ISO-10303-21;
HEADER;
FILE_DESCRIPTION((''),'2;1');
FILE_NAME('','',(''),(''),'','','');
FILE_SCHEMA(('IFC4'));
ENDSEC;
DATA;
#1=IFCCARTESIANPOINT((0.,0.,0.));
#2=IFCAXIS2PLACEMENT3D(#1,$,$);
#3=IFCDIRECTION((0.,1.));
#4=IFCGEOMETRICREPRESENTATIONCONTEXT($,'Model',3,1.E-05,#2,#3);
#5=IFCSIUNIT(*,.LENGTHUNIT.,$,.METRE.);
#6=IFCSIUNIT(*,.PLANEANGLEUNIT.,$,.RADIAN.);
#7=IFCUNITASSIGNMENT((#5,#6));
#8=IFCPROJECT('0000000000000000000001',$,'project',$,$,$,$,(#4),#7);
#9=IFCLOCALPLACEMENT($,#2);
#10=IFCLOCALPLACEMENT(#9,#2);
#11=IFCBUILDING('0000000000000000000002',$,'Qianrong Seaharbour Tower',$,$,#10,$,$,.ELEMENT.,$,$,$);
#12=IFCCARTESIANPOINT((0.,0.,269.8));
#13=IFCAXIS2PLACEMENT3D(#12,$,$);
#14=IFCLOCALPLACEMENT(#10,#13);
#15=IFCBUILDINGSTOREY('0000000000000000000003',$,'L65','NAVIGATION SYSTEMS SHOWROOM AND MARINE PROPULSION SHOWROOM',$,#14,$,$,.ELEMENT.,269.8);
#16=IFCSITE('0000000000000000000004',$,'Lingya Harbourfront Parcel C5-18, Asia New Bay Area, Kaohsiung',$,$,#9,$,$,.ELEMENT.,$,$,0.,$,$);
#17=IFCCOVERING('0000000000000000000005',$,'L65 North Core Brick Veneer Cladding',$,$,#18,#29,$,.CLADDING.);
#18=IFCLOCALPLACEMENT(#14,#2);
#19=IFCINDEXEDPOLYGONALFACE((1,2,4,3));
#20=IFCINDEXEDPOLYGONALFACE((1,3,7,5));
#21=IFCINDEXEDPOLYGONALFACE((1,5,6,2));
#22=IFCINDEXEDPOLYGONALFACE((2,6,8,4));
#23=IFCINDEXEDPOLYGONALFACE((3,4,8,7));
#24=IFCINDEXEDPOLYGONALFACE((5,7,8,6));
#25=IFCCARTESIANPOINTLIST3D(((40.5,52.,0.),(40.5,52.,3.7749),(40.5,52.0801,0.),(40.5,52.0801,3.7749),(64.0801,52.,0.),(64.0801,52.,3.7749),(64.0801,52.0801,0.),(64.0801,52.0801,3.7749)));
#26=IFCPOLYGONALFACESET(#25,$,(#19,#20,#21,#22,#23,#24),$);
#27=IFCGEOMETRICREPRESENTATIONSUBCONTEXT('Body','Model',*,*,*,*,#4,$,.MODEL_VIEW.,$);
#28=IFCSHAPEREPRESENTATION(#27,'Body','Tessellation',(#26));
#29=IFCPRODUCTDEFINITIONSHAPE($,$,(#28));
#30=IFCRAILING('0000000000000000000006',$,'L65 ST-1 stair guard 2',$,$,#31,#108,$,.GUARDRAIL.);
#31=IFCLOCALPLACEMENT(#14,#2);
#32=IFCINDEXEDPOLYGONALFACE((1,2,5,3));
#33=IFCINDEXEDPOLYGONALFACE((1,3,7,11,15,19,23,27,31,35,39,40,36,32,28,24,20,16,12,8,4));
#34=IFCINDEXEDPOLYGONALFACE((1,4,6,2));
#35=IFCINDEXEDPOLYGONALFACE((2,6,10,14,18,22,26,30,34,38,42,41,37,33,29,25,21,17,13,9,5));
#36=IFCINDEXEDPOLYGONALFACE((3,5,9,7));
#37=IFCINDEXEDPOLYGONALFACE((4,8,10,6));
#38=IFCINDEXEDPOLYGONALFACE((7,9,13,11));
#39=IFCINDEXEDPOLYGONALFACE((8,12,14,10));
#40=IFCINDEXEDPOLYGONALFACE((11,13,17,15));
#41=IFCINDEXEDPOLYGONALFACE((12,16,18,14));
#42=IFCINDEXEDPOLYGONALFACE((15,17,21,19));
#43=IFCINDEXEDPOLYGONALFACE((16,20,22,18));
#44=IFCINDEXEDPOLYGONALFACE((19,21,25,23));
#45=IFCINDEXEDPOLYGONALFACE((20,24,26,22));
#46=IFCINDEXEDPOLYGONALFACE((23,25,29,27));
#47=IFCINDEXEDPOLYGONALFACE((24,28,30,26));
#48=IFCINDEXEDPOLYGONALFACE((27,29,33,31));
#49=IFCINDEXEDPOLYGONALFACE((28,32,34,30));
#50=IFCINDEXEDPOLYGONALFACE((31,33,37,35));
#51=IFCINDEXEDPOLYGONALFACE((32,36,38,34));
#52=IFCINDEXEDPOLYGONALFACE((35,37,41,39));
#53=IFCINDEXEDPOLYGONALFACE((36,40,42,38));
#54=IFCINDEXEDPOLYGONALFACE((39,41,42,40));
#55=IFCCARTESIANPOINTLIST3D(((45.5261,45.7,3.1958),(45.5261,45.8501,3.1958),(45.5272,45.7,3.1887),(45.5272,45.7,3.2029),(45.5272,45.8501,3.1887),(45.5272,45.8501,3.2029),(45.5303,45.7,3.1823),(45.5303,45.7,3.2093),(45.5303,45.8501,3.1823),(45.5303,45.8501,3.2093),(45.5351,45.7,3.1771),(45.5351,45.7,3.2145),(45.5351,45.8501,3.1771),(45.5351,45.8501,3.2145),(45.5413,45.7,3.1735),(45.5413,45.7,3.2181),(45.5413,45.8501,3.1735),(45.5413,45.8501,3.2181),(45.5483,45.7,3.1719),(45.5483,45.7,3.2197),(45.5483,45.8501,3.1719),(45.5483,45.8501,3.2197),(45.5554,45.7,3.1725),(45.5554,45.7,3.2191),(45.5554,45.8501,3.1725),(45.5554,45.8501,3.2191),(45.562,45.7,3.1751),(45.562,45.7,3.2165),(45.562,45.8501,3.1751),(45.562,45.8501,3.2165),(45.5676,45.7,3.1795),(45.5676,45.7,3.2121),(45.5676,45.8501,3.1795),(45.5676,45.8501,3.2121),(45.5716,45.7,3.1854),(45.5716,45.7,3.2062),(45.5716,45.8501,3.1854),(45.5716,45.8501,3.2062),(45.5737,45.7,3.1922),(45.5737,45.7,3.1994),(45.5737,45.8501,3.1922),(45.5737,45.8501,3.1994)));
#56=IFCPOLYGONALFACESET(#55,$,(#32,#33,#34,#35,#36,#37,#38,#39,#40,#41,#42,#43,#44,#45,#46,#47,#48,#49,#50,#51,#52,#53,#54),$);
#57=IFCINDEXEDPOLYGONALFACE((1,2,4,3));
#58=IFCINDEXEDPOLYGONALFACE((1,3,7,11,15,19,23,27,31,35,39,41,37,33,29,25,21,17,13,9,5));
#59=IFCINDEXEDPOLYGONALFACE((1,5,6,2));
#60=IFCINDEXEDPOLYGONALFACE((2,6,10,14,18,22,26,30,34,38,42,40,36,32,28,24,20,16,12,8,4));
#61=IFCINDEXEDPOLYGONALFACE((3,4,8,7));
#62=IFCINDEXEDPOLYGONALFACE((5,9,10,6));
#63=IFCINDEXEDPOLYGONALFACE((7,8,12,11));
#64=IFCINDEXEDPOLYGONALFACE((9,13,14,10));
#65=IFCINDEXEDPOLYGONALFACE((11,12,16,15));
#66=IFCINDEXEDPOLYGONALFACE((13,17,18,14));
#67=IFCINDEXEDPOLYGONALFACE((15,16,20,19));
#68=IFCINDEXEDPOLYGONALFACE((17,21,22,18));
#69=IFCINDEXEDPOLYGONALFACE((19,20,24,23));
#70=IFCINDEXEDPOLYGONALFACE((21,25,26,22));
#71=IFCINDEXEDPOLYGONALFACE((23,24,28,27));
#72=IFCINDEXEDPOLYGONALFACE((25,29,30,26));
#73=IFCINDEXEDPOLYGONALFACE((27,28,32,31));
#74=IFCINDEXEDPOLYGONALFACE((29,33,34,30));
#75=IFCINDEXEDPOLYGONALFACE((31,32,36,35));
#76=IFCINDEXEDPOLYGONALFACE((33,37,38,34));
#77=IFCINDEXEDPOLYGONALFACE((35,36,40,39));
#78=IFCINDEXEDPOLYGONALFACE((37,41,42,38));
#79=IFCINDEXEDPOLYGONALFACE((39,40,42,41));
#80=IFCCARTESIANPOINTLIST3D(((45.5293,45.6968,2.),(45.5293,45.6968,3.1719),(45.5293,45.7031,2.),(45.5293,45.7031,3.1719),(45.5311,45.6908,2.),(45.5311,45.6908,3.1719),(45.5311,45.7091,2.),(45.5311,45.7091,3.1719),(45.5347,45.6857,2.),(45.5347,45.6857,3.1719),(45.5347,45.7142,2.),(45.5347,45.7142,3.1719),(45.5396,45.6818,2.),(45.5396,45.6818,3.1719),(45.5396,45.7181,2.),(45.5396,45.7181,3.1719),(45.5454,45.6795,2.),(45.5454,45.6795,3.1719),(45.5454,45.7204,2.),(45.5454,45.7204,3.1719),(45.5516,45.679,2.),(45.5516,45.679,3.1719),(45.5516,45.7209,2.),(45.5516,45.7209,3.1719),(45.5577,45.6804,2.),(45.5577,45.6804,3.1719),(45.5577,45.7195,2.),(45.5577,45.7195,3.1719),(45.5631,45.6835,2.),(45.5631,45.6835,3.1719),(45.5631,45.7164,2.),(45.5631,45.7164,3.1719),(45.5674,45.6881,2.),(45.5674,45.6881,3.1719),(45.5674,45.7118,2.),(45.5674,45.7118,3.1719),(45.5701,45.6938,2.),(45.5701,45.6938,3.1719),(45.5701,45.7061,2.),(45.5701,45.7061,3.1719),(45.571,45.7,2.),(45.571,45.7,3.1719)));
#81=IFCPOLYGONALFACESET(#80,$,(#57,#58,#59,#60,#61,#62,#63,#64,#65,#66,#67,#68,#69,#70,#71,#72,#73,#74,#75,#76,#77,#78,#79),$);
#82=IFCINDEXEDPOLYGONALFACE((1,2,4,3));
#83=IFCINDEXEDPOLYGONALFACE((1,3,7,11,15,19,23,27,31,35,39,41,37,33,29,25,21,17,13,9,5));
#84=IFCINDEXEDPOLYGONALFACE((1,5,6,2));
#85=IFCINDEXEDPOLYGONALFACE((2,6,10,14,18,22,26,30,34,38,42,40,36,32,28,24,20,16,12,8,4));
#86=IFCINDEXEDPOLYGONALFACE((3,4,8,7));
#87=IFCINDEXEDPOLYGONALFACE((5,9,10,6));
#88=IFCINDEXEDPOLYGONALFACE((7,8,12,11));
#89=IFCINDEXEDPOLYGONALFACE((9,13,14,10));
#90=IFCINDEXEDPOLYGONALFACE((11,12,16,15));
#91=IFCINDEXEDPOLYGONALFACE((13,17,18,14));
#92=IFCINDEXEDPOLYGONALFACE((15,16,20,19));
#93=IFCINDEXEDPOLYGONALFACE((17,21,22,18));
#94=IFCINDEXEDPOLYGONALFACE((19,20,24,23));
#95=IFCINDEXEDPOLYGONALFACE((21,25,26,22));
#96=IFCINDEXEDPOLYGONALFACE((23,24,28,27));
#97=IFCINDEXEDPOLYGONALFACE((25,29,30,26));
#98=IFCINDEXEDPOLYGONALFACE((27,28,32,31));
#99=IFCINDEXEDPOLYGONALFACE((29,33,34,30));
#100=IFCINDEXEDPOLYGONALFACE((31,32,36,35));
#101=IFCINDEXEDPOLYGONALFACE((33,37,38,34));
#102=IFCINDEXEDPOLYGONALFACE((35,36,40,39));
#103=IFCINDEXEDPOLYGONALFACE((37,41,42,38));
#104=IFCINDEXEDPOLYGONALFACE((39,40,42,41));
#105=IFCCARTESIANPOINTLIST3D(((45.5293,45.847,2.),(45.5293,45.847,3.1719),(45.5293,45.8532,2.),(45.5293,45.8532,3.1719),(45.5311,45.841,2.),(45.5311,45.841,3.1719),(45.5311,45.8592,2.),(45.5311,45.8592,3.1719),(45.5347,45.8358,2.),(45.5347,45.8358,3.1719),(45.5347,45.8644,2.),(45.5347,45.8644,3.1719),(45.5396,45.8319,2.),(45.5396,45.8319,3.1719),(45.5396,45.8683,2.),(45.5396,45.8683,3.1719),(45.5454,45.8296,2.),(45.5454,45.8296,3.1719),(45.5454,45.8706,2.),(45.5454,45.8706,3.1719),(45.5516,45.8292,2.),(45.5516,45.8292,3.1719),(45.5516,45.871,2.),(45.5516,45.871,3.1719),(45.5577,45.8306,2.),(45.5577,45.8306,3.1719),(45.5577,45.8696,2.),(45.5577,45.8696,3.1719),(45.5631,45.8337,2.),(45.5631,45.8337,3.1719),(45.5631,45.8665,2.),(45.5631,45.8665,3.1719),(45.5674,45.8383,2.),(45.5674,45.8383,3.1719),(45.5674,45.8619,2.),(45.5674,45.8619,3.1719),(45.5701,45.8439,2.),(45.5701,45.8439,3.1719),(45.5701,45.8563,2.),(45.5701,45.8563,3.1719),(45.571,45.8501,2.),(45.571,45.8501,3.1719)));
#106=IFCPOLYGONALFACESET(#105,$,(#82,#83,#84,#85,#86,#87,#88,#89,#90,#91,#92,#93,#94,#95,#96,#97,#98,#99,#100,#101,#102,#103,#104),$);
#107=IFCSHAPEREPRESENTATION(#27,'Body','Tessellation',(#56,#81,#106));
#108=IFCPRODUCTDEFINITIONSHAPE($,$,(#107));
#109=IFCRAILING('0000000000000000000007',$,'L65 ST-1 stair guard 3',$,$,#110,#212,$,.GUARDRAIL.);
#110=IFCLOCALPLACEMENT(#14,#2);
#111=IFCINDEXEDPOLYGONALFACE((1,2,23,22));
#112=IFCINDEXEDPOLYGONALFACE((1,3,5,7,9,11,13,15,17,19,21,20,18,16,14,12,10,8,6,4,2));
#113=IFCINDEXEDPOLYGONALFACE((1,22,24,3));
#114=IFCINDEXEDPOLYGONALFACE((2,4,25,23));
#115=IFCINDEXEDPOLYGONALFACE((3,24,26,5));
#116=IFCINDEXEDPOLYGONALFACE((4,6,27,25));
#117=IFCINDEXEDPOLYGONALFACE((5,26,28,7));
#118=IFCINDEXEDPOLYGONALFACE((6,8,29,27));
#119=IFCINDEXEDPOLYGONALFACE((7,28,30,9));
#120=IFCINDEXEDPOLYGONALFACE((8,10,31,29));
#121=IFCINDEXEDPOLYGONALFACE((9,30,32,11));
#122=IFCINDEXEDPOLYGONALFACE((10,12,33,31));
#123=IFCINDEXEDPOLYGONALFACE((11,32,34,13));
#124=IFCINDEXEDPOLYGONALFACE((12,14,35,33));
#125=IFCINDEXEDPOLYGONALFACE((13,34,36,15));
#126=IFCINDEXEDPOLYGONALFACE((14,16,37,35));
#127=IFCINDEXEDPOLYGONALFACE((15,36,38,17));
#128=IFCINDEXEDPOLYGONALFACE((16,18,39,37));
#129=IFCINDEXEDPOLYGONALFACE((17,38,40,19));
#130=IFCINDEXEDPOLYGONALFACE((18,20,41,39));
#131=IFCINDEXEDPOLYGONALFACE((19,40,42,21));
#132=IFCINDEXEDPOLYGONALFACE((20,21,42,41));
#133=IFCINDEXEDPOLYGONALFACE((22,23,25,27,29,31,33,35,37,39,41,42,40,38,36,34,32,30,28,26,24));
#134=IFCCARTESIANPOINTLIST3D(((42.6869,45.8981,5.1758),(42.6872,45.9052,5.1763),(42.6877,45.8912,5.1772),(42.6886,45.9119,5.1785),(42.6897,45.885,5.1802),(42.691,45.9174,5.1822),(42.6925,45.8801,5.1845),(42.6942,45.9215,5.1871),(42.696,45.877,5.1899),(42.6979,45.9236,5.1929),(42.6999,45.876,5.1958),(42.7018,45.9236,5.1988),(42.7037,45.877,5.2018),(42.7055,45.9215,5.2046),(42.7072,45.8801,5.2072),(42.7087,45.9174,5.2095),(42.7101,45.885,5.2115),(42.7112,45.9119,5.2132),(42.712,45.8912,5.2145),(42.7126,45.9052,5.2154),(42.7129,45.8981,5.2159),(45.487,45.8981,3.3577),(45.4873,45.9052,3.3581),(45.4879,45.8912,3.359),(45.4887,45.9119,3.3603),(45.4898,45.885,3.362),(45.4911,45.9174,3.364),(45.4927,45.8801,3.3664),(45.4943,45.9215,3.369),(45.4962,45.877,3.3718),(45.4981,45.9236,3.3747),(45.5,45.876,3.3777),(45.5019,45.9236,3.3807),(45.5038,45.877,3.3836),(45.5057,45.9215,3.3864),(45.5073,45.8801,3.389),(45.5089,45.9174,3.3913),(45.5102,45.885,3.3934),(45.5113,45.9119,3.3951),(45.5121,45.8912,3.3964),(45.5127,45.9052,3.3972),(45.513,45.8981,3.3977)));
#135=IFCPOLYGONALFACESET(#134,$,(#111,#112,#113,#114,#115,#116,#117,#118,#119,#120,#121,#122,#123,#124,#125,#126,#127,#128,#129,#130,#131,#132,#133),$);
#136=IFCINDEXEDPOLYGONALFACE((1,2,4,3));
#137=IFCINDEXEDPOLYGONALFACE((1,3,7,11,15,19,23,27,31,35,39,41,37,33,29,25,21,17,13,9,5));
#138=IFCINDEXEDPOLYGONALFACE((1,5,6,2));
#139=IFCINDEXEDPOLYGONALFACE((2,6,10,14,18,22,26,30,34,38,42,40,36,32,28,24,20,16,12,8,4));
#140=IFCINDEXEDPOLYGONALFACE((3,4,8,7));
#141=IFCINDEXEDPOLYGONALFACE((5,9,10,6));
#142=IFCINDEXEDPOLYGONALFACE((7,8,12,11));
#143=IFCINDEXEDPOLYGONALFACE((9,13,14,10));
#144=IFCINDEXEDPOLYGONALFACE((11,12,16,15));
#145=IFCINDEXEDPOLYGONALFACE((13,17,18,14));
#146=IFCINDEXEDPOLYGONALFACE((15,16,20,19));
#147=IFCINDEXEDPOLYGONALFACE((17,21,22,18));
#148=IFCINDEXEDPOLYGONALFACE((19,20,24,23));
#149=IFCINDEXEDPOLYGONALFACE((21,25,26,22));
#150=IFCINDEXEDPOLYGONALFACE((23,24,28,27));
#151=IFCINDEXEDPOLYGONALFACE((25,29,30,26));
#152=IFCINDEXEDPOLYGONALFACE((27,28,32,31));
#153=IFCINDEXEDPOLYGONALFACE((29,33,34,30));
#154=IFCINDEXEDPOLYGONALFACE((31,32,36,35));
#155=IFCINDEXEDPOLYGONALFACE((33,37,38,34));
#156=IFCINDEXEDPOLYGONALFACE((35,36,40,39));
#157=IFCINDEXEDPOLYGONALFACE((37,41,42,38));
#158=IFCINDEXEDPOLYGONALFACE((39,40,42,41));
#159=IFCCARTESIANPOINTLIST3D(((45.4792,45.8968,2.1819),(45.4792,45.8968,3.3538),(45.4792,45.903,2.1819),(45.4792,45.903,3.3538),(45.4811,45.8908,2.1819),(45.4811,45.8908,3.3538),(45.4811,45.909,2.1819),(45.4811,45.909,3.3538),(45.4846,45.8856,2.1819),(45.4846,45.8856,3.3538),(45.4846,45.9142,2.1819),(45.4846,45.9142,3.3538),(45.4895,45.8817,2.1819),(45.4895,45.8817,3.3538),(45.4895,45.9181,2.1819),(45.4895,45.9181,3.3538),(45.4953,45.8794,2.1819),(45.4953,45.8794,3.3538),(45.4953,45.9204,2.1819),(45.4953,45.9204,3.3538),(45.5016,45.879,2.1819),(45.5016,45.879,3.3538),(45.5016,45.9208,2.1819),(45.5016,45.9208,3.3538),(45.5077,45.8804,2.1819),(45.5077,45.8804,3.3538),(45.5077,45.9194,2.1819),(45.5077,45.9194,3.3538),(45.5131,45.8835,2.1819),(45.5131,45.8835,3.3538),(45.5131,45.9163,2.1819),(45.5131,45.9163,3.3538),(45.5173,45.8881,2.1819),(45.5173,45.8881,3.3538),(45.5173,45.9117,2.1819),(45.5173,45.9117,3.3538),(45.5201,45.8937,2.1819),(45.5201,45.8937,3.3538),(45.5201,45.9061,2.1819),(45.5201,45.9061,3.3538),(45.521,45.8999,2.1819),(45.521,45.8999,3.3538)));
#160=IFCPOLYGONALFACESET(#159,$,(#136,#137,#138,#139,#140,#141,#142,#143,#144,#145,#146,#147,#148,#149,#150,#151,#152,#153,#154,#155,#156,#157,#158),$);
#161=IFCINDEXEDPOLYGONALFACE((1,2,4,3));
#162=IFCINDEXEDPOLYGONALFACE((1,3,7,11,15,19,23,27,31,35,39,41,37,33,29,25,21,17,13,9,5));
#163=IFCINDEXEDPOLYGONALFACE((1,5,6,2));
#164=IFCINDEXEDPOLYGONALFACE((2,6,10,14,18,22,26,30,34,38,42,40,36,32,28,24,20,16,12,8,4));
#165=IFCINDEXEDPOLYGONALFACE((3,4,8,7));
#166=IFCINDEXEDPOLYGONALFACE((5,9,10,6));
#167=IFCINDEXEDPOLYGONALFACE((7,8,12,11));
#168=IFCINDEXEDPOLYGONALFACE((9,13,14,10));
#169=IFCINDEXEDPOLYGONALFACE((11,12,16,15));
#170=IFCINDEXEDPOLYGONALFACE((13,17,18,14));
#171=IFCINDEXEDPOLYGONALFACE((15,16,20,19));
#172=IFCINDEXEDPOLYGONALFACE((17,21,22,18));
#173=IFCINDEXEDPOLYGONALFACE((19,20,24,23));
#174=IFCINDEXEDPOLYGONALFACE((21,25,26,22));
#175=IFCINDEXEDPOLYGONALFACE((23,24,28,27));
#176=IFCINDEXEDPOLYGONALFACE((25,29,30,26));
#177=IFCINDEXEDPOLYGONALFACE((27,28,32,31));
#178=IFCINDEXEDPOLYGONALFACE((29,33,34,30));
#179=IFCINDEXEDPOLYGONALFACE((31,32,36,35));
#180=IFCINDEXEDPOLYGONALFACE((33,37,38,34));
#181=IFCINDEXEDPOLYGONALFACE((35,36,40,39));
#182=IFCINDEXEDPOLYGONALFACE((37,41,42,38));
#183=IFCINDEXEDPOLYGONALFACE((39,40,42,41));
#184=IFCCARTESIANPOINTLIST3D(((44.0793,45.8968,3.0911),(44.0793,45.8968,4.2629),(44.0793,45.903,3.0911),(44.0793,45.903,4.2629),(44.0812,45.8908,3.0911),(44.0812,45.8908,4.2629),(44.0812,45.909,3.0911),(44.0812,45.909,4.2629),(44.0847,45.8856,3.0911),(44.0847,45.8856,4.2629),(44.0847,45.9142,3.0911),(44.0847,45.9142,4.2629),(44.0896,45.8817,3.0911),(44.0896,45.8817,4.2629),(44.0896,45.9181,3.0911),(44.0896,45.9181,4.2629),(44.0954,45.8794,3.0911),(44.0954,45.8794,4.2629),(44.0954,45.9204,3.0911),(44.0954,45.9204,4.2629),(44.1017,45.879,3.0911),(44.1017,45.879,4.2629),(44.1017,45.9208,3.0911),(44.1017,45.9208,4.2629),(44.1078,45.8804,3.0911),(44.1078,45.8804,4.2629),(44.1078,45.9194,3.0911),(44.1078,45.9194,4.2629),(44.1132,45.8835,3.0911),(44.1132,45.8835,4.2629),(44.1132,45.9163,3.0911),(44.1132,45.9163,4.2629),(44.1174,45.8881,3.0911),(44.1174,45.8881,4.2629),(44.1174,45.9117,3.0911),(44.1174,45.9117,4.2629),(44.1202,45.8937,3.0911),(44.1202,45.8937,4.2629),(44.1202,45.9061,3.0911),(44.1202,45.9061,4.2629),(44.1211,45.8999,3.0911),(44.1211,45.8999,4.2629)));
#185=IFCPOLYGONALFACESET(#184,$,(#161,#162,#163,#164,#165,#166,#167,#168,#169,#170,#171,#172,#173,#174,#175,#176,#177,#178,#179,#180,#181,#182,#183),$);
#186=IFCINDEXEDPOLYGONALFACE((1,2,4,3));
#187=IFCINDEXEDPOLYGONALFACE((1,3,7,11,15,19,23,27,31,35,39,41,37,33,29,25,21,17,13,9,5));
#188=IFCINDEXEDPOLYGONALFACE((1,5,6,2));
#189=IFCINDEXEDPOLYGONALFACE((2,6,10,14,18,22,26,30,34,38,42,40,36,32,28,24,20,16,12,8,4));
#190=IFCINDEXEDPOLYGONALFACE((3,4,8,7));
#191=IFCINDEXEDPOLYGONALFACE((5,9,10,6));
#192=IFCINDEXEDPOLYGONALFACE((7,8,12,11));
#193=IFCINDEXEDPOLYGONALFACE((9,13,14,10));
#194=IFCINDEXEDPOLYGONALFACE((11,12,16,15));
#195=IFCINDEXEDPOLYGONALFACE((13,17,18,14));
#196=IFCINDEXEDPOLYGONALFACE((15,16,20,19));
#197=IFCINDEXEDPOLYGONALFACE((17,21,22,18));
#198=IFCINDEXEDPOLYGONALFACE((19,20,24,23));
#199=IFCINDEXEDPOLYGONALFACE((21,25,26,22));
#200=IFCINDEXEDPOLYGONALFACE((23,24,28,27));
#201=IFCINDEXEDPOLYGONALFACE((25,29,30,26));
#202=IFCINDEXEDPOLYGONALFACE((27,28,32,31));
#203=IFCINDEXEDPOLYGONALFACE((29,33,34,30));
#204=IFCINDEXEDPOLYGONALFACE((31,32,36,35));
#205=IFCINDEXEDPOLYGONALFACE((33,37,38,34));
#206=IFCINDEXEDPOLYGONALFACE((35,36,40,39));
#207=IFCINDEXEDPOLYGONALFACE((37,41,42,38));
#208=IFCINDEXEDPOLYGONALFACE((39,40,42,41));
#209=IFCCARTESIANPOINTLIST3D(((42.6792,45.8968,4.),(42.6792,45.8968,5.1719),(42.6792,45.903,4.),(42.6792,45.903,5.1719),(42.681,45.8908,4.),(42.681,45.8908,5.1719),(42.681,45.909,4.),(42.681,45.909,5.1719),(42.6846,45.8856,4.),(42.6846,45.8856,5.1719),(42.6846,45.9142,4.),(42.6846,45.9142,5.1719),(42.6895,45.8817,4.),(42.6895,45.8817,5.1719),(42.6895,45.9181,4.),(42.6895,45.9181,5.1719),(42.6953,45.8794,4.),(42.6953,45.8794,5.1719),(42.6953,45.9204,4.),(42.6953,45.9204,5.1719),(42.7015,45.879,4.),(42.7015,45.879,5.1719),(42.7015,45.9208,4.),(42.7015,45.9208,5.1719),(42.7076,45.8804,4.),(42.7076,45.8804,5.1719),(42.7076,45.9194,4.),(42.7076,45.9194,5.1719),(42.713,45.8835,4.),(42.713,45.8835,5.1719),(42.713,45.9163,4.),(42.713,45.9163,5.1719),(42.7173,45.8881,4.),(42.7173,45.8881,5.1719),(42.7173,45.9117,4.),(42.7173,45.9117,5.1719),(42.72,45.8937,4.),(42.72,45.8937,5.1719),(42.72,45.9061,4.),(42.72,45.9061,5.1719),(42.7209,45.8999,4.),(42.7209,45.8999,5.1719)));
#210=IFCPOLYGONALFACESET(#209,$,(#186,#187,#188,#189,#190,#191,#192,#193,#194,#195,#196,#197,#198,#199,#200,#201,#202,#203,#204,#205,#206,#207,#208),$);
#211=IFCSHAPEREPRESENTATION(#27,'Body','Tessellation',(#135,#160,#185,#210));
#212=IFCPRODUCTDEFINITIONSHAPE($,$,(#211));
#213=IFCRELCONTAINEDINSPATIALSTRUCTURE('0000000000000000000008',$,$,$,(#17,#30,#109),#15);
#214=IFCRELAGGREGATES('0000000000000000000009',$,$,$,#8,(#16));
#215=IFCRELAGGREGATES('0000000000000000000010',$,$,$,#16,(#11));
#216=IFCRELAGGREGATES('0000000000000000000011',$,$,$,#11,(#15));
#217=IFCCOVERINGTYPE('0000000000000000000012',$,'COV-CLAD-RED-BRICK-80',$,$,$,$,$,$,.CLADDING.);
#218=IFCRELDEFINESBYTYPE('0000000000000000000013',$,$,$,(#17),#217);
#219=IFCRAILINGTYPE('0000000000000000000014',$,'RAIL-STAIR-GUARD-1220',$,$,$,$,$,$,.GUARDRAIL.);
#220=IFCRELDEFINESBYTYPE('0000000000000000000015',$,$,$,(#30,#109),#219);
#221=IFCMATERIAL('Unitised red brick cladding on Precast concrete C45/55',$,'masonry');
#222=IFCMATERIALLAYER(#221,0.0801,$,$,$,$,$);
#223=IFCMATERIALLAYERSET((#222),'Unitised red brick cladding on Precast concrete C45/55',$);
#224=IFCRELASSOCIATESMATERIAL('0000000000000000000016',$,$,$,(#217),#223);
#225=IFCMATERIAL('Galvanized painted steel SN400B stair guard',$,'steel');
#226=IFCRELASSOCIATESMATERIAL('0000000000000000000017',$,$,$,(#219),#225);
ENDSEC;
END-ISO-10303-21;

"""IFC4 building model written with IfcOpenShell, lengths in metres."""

from ifc_helpers import new_model, si_unit, direction, frame, origin, origin_2d, place, context, subcontext, project, spatial, rectangle, circle, extrude, material, layer, layer_set, type_object, element, save


model = new_model("IFC4")

# Units and contexts
model_context = context("Model", 3, precision=1e-05, world=origin(), true_north=direction((0.0, 1.0)))
body_context = subcontext(model_context, "Body", "Model", "MODEL_VIEW")
ifc_project = project(units=[si_unit("LENGTHUNIT", "METRE"), si_unit("PLANEANGLEUNIT", "RADIAN")], contexts=[model_context])

# Site, building, storey
site_placement = place(None, origin())
site = spatial("IfcSite", under=ifc_project, at=site_placement, Name="Lingya Harbourfront Parcel C5-18, Asia New Bay Area, Kaohsiung", CompositionType="ELEMENT", RefElevation=0.0)
building_placement = place(site_placement, origin())
building = spatial("IfcBuilding", under=site, at=building_placement, Name="Qianrong Seaharbour Tower", CompositionType="ELEMENT")
storey_placement = place(building_placement, frame((0.0, 0.0, 269.8)))
storey = spatial("IfcBuildingStorey", under=building, at=storey_placement, Name="L65", Description="NAVIGATION SYSTEMS SHOWROOM AND MARINE PROPULSION SHOWROOM", CompositionType="ELEMENT", Elevation=269.8)

# Covering
ifc_material_1 = material(Name="Unitised red brick cladding on Precast concrete C45/55", Category="masonry")
ifc_layer_1 = layer(ifc_material_1, 0.0801)
ifc_layer_set_1 = layer_set([ifc_layer_1], Name="Unitised red brick cladding on Precast concrete C45/55")
covering_type = type_object("IfcCoveringType", Name="COV-CLAD-RED-BRICK-80", PredefinedType="CLADDING", material=ifc_layer_set_1)
covering_placement = place(storey_placement, frame((52.29, 52.04, 0.0), z_axis=(0.0, 0.0, 1.0), x_axis=(1.0, 0.0, 0.0)))
element("IfcCovering", 1, at=covering_placement, inside=storey, type_object=covering_type, Name="L65 North Core Brick Veneer Cladding", PredefinedType="CLADDING", context=body_context, shape_type="SweptSolid", body=[
    extrude(rectangle(XDim=23.5801, YDim=0.0801, at=origin_2d()), origin(), (0.0, 0.0, 1.0), 3.7749),
])

# Railings
ifc_material_2 = material(Name="Galvanized painted steel SN400B stair guard", Category="steel")
railing_type_1 = type_object("IfcRailingType", Name="RAIL-STAIR-GUARD-1220", PredefinedType="GUARDRAIL", material=ifc_material_2)
railing_1_placement = place(storey_placement, frame((45.55, 45.7, 2.0)))
element("IfcRailing", 2, at=railing_1_placement, inside=storey, type_object=railing_type_1, Name="L65 ST-1 stair guard 2", PredefinedType="GUARDRAIL", context=body_context, shape_type="SweptSolid", body=[
    extrude(circle(Radius=0.0239, at=origin_2d()), frame((0.0, 0.0, 1.1958), z_axis=(0.0, 1.0, 0.0), x_axis=(-1.0, 0.0, 0.0)), (0.0, 0.0, 1.0), 0.1501),
    extrude(circle(Radius=0.021, at=origin_2d()), origin(), (0.0, 0.0, 1.0), 1.1719),
    extrude(circle(Radius=0.021, at=origin_2d()), frame((0.0, 0.1501, 0.0)), (0.0, 0.0, 1.0), 1.1719),
])
railing_2_placement = place(storey_placement, frame((45.5, 45.8999, 2.1819)))
element("IfcRailing", 3, at=railing_2_placement, inside=storey, type_object=railing_type_1, Name="L65 ST-1 stair guard 3", PredefinedType="GUARDRAIL", context=body_context, shape_type="SweptSolid", body=[
    extrude(circle(Radius=0.0239, at=origin_2d()), frame((0.0, 0.0, 1.1958), z_axis=(-0.838706, 0.0, 0.544585), x_axis=(0.0, -1.0, 0.0)), (0.0, 0.0, 1.0), 3.3386),
    extrude(circle(Radius=0.021, at=origin_2d()), origin(), (0.0, 0.0, 1.0), 1.1719),
    extrude(circle(Radius=0.021, at=origin_2d()), frame((-1.3999, 0.0, 0.9092)), (0.0, 0.0, 1.0), 1.1719),
    extrude(circle(Radius=0.021, at=origin_2d()), frame((-2.8, 0.0, 1.8181)), (0.0, 0.0, 1.0), 1.1719),
])

save(model, "model.ifc")
